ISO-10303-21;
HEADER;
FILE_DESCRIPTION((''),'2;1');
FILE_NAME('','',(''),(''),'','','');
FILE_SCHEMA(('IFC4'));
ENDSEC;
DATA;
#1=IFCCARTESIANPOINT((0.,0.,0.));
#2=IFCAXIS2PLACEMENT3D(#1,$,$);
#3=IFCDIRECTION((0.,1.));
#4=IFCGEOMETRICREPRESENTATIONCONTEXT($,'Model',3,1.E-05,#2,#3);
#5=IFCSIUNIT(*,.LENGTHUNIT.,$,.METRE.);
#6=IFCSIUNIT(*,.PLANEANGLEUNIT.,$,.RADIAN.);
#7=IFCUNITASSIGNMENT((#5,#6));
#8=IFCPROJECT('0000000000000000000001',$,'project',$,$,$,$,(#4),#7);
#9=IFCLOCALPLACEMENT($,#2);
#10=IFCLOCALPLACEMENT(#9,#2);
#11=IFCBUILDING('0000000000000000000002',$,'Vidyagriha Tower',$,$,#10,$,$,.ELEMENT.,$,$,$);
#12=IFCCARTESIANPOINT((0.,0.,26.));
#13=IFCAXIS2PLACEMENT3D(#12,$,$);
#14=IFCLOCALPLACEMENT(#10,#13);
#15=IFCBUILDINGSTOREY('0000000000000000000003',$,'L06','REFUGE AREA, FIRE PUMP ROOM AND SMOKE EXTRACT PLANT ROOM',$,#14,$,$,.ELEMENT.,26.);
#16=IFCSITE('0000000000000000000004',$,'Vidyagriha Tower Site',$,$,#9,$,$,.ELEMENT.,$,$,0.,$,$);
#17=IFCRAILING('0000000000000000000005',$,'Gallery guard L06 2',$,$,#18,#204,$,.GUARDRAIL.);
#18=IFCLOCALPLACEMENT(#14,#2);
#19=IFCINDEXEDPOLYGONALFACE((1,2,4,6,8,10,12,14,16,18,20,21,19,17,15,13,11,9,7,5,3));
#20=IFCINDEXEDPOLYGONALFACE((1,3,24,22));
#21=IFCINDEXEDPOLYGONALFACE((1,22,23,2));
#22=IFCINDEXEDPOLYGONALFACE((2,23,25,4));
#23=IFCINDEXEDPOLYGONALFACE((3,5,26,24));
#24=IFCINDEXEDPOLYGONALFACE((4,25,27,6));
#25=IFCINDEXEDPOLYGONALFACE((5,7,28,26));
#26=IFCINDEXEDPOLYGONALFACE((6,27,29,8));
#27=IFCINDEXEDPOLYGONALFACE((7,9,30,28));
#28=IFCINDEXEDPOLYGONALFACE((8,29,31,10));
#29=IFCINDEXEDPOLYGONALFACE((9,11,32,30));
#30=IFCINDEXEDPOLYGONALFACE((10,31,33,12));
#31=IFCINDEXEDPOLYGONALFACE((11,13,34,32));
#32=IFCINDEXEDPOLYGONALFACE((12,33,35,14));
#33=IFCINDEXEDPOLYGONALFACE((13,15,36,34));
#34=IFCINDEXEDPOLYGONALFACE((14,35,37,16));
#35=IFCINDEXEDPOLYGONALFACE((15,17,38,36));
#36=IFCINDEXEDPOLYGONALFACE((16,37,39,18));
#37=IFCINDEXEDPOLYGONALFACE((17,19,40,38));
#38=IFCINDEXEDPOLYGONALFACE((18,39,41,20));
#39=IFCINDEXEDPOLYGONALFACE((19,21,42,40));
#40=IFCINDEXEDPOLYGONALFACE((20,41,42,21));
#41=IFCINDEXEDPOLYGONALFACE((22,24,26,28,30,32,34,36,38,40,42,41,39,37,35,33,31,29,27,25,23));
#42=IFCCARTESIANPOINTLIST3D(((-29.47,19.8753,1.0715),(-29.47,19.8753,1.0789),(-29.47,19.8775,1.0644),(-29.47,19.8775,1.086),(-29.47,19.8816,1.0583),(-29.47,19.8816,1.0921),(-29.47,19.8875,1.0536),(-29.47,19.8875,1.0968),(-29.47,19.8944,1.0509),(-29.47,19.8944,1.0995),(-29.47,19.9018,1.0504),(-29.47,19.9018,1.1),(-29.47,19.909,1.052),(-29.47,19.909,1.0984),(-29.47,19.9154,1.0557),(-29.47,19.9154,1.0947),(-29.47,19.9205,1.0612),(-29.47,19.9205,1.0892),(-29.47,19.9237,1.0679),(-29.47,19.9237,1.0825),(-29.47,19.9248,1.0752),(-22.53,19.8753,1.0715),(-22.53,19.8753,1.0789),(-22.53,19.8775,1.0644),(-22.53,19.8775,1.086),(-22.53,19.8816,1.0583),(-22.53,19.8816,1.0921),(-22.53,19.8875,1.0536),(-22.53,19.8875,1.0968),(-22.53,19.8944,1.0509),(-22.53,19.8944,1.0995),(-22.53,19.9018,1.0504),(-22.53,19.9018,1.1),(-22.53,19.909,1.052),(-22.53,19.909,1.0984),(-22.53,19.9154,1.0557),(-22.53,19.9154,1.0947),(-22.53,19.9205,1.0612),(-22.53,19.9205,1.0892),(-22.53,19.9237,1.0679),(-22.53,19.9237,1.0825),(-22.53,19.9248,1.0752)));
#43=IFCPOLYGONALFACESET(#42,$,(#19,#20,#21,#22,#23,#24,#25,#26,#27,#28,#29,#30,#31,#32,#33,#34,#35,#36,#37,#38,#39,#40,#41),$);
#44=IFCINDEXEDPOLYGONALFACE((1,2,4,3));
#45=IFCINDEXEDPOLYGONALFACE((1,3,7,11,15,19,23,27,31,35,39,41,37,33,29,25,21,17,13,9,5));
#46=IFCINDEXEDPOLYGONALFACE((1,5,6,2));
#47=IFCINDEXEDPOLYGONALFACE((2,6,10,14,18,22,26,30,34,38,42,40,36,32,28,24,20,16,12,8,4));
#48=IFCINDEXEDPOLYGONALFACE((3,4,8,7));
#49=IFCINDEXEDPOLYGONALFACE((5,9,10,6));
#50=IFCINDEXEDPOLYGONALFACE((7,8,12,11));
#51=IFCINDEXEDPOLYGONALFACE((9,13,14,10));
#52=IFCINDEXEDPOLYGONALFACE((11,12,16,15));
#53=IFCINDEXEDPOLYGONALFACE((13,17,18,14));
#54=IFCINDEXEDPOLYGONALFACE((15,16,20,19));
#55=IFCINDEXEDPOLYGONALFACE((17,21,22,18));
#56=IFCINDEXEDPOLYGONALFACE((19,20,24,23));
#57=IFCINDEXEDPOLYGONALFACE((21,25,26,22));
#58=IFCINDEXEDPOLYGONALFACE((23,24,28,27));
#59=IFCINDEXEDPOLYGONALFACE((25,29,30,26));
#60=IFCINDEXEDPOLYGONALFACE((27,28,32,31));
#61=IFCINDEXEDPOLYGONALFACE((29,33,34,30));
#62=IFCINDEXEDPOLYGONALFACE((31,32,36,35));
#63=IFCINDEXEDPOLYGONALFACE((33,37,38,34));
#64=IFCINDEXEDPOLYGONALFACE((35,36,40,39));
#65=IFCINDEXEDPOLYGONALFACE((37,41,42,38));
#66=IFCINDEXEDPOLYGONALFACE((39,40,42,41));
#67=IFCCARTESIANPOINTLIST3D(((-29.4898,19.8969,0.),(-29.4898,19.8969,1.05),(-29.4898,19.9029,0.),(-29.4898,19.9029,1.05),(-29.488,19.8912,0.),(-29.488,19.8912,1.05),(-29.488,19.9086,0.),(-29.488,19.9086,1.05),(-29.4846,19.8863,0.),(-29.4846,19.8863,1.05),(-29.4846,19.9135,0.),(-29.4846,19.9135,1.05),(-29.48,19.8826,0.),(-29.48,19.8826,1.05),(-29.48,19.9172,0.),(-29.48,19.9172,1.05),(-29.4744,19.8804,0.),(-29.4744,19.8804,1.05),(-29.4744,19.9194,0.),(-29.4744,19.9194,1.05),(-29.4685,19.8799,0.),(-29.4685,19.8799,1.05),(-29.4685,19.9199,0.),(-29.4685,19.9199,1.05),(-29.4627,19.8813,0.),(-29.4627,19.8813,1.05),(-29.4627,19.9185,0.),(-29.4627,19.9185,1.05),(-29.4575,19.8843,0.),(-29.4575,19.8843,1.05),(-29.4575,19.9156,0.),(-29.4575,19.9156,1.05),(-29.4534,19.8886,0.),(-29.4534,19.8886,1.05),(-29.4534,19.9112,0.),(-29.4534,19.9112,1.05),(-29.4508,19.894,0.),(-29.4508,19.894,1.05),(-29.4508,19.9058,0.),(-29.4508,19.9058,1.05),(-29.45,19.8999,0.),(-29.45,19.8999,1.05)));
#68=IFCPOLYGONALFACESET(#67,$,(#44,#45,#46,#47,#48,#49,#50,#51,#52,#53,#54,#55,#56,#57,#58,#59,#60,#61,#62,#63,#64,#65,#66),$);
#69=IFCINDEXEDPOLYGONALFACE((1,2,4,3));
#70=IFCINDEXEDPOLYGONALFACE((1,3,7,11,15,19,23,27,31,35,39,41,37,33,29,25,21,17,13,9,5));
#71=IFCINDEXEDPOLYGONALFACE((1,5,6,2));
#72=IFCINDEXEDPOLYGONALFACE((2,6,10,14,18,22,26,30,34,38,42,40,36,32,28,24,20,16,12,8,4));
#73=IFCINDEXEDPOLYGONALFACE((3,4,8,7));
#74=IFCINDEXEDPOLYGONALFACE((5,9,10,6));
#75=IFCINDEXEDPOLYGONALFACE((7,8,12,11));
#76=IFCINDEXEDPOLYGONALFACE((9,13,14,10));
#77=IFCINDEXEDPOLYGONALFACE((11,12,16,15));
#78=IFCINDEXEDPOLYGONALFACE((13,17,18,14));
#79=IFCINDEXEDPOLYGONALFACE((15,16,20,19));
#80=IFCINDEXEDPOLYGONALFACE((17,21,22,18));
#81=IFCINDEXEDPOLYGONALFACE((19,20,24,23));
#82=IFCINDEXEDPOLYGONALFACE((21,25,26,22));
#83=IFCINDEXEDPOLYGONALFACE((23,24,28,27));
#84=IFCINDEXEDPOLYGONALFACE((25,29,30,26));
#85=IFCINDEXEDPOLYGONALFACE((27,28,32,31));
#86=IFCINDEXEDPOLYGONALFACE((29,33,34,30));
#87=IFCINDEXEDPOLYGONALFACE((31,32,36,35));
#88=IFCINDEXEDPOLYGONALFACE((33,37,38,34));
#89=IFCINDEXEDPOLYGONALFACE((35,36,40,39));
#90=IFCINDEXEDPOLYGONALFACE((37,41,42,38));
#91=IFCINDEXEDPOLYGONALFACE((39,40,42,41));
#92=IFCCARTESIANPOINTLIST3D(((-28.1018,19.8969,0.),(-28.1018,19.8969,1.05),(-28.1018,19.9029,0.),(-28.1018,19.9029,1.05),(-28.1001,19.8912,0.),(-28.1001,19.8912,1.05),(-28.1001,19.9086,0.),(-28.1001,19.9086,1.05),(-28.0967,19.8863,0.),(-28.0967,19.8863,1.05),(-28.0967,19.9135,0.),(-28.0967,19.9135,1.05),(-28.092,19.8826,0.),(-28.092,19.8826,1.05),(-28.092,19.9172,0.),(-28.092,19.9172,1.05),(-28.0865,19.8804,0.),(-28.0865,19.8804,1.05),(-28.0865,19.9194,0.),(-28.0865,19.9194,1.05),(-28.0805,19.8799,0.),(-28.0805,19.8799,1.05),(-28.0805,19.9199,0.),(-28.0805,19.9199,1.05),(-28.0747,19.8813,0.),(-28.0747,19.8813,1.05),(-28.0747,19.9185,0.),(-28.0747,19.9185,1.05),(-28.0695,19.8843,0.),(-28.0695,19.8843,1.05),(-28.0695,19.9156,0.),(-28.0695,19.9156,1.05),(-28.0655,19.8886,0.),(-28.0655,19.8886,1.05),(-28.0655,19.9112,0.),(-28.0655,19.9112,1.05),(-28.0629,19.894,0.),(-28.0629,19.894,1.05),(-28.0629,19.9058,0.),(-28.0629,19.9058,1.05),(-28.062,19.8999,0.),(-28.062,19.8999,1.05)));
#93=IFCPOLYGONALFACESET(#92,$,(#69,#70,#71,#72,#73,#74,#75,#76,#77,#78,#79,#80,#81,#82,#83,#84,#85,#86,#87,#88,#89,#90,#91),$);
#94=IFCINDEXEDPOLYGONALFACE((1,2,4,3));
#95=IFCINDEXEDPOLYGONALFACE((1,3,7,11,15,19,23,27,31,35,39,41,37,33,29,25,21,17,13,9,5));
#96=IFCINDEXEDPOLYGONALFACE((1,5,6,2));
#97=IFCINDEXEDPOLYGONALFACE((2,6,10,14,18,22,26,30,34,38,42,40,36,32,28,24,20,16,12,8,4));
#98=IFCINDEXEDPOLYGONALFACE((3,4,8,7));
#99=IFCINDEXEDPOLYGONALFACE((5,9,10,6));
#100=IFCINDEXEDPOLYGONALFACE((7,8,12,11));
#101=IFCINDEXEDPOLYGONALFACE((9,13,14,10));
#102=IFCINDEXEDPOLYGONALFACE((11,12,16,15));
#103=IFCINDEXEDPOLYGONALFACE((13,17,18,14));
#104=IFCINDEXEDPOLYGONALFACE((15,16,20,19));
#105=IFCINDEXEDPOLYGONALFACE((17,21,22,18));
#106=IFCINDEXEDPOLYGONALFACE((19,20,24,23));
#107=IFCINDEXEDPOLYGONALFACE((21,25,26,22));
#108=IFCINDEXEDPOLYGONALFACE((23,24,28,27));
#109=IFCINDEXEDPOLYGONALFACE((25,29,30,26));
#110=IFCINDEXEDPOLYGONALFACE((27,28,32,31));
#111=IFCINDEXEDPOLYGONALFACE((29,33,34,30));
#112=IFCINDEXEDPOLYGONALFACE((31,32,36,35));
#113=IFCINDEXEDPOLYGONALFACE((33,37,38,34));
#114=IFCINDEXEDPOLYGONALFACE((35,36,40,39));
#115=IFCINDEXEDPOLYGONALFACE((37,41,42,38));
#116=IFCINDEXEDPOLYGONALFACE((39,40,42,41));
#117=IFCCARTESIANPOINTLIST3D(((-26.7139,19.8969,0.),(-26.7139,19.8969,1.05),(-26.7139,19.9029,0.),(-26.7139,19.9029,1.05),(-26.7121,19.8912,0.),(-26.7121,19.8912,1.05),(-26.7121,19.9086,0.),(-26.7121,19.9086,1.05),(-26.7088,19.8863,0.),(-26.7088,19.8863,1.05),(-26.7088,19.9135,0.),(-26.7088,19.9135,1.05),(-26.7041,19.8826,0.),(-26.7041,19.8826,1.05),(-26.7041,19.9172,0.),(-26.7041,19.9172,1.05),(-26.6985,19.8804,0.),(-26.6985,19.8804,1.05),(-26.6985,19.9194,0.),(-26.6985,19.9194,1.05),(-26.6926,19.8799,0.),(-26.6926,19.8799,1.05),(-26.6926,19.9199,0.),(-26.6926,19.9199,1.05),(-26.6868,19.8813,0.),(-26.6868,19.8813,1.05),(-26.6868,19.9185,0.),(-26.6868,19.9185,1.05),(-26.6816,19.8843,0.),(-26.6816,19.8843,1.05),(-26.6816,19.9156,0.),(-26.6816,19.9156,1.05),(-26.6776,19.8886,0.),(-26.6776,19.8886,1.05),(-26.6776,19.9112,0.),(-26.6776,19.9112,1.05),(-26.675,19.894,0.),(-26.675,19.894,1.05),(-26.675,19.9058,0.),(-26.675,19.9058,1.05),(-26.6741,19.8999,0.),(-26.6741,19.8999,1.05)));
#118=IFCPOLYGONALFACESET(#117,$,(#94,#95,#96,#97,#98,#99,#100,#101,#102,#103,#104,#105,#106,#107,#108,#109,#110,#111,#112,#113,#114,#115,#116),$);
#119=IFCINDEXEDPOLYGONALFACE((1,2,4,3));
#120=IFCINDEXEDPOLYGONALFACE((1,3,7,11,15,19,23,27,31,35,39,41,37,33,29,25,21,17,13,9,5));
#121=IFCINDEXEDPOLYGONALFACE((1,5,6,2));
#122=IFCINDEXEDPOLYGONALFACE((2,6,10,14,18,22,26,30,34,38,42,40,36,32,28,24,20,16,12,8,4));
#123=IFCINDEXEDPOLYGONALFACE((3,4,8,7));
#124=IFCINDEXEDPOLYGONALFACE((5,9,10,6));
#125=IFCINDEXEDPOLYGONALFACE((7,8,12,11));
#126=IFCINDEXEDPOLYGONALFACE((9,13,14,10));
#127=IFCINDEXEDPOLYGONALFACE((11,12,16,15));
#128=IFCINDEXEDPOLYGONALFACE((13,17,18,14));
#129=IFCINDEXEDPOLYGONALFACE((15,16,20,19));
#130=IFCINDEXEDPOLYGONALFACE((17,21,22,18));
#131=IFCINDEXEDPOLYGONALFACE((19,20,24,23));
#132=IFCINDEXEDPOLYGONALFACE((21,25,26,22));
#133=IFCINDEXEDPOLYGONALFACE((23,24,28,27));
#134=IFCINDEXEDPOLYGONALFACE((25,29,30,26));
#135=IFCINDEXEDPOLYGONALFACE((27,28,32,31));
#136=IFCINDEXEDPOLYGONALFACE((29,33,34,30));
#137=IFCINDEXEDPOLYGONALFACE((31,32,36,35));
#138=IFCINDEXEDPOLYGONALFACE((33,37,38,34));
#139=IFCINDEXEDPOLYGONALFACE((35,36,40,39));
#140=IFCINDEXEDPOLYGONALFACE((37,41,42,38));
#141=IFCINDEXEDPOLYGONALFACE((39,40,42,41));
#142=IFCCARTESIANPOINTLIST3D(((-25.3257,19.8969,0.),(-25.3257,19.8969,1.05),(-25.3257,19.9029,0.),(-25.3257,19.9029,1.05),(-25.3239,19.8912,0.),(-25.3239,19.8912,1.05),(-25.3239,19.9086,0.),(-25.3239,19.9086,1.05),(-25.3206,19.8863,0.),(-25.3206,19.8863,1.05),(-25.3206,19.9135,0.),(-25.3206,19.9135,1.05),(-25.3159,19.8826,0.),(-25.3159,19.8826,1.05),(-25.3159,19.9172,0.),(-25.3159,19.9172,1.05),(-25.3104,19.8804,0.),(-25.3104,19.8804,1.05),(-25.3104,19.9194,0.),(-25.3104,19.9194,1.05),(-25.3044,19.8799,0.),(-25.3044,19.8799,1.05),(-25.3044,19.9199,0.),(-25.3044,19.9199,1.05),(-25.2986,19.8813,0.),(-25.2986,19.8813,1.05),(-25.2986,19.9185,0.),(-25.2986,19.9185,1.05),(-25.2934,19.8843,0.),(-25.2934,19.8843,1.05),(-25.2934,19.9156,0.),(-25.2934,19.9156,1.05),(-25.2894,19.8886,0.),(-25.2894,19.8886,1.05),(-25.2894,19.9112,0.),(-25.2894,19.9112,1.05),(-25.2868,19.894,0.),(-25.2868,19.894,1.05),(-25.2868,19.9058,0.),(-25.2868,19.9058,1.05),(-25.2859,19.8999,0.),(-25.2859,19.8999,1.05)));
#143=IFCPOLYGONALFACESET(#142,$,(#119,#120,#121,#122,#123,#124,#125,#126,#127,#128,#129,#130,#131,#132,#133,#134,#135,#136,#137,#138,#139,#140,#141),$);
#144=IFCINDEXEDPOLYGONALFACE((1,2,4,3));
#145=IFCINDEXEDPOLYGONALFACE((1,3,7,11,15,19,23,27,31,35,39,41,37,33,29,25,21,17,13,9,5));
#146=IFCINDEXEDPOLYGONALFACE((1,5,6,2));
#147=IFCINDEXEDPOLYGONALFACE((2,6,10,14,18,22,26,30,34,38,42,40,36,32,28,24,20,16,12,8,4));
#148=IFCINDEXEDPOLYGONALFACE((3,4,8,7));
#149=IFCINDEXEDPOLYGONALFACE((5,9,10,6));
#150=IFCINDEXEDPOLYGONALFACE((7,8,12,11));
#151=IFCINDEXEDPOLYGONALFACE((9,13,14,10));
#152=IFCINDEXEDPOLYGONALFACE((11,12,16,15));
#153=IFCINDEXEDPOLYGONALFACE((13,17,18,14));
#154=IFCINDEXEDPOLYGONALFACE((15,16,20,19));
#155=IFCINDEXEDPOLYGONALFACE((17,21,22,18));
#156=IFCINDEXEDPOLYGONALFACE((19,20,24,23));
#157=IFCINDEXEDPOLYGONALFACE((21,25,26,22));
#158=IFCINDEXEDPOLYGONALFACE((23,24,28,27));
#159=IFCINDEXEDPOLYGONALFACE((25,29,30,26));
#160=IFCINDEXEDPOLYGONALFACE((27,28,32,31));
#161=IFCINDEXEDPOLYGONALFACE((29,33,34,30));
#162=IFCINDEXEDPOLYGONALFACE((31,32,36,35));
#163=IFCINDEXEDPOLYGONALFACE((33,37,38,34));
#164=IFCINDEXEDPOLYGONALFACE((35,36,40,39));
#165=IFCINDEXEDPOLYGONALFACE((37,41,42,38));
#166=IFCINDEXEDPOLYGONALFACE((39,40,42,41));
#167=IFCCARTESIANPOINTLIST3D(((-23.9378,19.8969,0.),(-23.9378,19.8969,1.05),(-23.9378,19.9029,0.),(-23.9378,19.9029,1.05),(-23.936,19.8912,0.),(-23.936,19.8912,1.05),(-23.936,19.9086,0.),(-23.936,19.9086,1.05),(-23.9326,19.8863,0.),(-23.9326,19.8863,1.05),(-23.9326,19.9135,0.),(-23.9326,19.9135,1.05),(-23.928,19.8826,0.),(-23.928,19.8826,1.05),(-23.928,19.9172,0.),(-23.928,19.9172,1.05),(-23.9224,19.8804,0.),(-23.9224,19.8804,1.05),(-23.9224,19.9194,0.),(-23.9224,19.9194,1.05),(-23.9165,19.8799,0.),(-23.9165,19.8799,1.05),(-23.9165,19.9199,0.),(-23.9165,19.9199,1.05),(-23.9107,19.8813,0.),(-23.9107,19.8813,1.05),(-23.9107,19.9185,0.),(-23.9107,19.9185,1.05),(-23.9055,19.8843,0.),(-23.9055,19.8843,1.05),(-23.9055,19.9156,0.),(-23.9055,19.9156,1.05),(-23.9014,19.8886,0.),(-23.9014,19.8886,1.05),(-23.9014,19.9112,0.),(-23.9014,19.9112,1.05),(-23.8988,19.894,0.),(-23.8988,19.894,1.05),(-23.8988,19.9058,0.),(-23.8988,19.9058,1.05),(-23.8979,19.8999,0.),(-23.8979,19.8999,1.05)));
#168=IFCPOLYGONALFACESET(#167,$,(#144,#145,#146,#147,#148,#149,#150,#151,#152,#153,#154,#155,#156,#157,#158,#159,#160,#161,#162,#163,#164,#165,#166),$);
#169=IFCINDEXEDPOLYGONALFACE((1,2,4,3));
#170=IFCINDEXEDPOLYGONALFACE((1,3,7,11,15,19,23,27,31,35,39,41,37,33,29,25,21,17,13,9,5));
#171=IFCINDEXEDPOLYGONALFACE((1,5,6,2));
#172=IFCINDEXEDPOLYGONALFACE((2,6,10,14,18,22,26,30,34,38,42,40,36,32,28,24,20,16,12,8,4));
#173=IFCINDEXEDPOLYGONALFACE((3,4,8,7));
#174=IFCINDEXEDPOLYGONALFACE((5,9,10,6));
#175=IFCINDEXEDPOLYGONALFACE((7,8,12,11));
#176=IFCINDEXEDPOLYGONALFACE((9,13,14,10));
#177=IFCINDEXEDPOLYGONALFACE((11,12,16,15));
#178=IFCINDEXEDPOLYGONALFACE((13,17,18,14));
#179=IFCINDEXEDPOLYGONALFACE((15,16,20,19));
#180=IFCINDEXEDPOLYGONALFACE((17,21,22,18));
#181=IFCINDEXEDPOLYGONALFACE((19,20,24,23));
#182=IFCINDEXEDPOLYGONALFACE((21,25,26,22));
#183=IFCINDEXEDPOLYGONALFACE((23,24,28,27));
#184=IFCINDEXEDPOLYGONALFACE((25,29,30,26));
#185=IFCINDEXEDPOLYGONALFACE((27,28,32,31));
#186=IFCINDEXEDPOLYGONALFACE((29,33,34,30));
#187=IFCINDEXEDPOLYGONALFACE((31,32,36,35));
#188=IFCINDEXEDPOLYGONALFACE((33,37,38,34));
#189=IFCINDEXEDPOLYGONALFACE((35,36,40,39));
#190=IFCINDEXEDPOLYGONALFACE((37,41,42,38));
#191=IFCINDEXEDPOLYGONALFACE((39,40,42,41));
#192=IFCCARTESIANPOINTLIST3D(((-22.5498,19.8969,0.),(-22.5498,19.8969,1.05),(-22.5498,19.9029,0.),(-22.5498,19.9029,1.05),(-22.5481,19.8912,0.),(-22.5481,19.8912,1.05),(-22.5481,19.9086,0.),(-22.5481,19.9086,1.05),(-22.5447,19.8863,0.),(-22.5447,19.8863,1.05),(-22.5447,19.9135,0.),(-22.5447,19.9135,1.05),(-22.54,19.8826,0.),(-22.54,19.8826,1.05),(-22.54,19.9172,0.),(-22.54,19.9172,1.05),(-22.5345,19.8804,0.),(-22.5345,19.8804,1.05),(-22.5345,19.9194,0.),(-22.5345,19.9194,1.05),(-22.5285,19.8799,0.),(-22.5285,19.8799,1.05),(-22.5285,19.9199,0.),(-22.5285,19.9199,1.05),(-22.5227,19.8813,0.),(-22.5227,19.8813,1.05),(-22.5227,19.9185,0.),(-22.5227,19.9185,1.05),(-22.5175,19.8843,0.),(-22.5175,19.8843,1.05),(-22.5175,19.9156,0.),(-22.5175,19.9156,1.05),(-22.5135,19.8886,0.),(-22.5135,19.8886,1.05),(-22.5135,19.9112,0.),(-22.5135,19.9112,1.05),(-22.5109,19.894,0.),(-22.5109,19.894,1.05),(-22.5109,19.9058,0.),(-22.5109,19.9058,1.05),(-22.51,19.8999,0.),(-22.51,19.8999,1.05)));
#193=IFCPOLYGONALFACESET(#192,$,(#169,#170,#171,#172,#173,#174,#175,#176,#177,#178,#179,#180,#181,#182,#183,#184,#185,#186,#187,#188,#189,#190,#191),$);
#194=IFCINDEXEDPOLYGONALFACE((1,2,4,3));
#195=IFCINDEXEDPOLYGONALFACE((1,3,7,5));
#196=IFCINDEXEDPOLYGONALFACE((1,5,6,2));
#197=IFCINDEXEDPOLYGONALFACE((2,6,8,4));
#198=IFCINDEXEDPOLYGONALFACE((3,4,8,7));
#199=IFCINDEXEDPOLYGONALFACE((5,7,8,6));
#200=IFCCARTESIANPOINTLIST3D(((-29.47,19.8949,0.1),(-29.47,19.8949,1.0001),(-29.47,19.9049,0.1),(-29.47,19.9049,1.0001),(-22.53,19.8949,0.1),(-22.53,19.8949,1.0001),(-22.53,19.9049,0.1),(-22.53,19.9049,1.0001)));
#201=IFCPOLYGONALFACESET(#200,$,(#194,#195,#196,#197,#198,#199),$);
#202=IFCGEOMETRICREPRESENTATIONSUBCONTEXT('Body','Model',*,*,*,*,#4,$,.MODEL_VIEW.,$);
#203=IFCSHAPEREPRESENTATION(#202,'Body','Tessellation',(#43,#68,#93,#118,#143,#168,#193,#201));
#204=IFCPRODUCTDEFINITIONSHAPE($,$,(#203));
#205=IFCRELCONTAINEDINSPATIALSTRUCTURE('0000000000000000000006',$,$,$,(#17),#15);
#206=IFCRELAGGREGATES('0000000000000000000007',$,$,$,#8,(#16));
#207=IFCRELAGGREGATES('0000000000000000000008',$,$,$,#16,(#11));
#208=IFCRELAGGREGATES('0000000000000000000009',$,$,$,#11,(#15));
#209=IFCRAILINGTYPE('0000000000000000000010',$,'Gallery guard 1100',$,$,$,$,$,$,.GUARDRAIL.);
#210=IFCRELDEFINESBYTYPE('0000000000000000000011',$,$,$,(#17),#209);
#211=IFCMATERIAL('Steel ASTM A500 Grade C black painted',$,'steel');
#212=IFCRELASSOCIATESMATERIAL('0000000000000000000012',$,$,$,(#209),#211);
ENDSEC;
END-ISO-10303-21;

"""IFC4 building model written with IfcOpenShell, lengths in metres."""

from ifc_helpers import new_model, si_unit, direction, frame, origin, origin_2d, place, context, subcontext, project, spatial, rectangle, circle, extrude, material, type_object, element, save


model = new_model("IFC4")

# Units and contexts
model_context = context("Model", 3, precision=1e-05, world=origin(), true_north=direction((0.0, 1.0)))
body_context = subcontext(model_context, "Body", "Model", "MODEL_VIEW")
ifc_project = project(units=[si_unit("LENGTHUNIT", "METRE"), si_unit("PLANEANGLEUNIT", "RADIAN")], contexts=[model_context])

# Site, building, storey
site_placement = place(None, origin())
site = spatial("IfcSite", under=ifc_project, at=site_placement, Name="Vidyagriha Tower Site", CompositionType="ELEMENT", RefElevation=0.0)
building_placement = place(site_placement, origin())
building = spatial("IfcBuilding", under=site, at=building_placement, Name="Vidyagriha Tower", CompositionType="ELEMENT")
storey_placement = place(building_placement, frame((0.0, 0.0, 26.0)))
storey = spatial("IfcBuildingStorey", under=building, at=storey_placement, Name="L06", Description="REFUGE AREA, FIRE PUMP ROOM AND SMOKE EXTRACT PLANT ROOM", CompositionType="ELEMENT", Elevation=26.0)

# Railing
ifc_material_1 = material(Name="Steel ASTM A500 Grade C black painted", Category="steel")
railing_type = type_object("IfcRailingType", Name="Gallery guard 1100", PredefinedType="GUARDRAIL", material=ifc_material_1)
railing_1_placement = place(storey_placement, frame((-29.47, 19.8999, 0.0)))
element("IfcRailing", 1, at=railing_1_placement, inside=storey, type_object=railing_type, Name="Gallery guard L06 2", PredefinedType="GUARDRAIL", context=body_context, shape_type="SweptSolid", body=[
    extrude(circle(Radius=0.0249, at=origin_2d()), frame((0.0, 0.0, 1.0752), z_axis=(1.0, 0.0, 0.0), x_axis=(0.0, 1.0, 0.0)), (0.0, 0.0, 1.0), 6.9399),
    extrude(circle(Radius=0.02, at=origin_2d()), origin(), (0.0, 0.0, 1.0), 1.05),
    extrude(circle(Radius=0.02, at=origin_2d()), frame((1.3879, 0.0, 0.0)), (0.0, 0.0, 1.0), 1.05),
    extrude(circle(Radius=0.02, at=origin_2d()), frame((2.7759, 0.0, 0.0)), (0.0, 0.0, 1.0), 1.05),
    extrude(circle(Radius=0.02, at=origin_2d()), frame((4.1641, 0.0, 0.0)), (0.0, 0.0, 1.0), 1.05),
    extrude(circle(Radius=0.02, at=origin_2d()), frame((5.552, 0.0, 0.0)), (0.0, 0.0, 1.0), 1.05),
    extrude(circle(Radius=0.02, at=origin_2d()), frame((6.9399, 0.0, 0.0)), (0.0, 0.0, 1.0), 1.05),
    extrude(rectangle(XDim=0.01, YDim=0.9001, at=origin_2d()), frame((0.0, 0.0, 0.55), z_axis=(1.0, 0.0, 0.0), x_axis=(0.0, 1.0, 0.0)), (0.0, 0.0, 1.0), 6.9399),
])

save(model, "model.ifc")
